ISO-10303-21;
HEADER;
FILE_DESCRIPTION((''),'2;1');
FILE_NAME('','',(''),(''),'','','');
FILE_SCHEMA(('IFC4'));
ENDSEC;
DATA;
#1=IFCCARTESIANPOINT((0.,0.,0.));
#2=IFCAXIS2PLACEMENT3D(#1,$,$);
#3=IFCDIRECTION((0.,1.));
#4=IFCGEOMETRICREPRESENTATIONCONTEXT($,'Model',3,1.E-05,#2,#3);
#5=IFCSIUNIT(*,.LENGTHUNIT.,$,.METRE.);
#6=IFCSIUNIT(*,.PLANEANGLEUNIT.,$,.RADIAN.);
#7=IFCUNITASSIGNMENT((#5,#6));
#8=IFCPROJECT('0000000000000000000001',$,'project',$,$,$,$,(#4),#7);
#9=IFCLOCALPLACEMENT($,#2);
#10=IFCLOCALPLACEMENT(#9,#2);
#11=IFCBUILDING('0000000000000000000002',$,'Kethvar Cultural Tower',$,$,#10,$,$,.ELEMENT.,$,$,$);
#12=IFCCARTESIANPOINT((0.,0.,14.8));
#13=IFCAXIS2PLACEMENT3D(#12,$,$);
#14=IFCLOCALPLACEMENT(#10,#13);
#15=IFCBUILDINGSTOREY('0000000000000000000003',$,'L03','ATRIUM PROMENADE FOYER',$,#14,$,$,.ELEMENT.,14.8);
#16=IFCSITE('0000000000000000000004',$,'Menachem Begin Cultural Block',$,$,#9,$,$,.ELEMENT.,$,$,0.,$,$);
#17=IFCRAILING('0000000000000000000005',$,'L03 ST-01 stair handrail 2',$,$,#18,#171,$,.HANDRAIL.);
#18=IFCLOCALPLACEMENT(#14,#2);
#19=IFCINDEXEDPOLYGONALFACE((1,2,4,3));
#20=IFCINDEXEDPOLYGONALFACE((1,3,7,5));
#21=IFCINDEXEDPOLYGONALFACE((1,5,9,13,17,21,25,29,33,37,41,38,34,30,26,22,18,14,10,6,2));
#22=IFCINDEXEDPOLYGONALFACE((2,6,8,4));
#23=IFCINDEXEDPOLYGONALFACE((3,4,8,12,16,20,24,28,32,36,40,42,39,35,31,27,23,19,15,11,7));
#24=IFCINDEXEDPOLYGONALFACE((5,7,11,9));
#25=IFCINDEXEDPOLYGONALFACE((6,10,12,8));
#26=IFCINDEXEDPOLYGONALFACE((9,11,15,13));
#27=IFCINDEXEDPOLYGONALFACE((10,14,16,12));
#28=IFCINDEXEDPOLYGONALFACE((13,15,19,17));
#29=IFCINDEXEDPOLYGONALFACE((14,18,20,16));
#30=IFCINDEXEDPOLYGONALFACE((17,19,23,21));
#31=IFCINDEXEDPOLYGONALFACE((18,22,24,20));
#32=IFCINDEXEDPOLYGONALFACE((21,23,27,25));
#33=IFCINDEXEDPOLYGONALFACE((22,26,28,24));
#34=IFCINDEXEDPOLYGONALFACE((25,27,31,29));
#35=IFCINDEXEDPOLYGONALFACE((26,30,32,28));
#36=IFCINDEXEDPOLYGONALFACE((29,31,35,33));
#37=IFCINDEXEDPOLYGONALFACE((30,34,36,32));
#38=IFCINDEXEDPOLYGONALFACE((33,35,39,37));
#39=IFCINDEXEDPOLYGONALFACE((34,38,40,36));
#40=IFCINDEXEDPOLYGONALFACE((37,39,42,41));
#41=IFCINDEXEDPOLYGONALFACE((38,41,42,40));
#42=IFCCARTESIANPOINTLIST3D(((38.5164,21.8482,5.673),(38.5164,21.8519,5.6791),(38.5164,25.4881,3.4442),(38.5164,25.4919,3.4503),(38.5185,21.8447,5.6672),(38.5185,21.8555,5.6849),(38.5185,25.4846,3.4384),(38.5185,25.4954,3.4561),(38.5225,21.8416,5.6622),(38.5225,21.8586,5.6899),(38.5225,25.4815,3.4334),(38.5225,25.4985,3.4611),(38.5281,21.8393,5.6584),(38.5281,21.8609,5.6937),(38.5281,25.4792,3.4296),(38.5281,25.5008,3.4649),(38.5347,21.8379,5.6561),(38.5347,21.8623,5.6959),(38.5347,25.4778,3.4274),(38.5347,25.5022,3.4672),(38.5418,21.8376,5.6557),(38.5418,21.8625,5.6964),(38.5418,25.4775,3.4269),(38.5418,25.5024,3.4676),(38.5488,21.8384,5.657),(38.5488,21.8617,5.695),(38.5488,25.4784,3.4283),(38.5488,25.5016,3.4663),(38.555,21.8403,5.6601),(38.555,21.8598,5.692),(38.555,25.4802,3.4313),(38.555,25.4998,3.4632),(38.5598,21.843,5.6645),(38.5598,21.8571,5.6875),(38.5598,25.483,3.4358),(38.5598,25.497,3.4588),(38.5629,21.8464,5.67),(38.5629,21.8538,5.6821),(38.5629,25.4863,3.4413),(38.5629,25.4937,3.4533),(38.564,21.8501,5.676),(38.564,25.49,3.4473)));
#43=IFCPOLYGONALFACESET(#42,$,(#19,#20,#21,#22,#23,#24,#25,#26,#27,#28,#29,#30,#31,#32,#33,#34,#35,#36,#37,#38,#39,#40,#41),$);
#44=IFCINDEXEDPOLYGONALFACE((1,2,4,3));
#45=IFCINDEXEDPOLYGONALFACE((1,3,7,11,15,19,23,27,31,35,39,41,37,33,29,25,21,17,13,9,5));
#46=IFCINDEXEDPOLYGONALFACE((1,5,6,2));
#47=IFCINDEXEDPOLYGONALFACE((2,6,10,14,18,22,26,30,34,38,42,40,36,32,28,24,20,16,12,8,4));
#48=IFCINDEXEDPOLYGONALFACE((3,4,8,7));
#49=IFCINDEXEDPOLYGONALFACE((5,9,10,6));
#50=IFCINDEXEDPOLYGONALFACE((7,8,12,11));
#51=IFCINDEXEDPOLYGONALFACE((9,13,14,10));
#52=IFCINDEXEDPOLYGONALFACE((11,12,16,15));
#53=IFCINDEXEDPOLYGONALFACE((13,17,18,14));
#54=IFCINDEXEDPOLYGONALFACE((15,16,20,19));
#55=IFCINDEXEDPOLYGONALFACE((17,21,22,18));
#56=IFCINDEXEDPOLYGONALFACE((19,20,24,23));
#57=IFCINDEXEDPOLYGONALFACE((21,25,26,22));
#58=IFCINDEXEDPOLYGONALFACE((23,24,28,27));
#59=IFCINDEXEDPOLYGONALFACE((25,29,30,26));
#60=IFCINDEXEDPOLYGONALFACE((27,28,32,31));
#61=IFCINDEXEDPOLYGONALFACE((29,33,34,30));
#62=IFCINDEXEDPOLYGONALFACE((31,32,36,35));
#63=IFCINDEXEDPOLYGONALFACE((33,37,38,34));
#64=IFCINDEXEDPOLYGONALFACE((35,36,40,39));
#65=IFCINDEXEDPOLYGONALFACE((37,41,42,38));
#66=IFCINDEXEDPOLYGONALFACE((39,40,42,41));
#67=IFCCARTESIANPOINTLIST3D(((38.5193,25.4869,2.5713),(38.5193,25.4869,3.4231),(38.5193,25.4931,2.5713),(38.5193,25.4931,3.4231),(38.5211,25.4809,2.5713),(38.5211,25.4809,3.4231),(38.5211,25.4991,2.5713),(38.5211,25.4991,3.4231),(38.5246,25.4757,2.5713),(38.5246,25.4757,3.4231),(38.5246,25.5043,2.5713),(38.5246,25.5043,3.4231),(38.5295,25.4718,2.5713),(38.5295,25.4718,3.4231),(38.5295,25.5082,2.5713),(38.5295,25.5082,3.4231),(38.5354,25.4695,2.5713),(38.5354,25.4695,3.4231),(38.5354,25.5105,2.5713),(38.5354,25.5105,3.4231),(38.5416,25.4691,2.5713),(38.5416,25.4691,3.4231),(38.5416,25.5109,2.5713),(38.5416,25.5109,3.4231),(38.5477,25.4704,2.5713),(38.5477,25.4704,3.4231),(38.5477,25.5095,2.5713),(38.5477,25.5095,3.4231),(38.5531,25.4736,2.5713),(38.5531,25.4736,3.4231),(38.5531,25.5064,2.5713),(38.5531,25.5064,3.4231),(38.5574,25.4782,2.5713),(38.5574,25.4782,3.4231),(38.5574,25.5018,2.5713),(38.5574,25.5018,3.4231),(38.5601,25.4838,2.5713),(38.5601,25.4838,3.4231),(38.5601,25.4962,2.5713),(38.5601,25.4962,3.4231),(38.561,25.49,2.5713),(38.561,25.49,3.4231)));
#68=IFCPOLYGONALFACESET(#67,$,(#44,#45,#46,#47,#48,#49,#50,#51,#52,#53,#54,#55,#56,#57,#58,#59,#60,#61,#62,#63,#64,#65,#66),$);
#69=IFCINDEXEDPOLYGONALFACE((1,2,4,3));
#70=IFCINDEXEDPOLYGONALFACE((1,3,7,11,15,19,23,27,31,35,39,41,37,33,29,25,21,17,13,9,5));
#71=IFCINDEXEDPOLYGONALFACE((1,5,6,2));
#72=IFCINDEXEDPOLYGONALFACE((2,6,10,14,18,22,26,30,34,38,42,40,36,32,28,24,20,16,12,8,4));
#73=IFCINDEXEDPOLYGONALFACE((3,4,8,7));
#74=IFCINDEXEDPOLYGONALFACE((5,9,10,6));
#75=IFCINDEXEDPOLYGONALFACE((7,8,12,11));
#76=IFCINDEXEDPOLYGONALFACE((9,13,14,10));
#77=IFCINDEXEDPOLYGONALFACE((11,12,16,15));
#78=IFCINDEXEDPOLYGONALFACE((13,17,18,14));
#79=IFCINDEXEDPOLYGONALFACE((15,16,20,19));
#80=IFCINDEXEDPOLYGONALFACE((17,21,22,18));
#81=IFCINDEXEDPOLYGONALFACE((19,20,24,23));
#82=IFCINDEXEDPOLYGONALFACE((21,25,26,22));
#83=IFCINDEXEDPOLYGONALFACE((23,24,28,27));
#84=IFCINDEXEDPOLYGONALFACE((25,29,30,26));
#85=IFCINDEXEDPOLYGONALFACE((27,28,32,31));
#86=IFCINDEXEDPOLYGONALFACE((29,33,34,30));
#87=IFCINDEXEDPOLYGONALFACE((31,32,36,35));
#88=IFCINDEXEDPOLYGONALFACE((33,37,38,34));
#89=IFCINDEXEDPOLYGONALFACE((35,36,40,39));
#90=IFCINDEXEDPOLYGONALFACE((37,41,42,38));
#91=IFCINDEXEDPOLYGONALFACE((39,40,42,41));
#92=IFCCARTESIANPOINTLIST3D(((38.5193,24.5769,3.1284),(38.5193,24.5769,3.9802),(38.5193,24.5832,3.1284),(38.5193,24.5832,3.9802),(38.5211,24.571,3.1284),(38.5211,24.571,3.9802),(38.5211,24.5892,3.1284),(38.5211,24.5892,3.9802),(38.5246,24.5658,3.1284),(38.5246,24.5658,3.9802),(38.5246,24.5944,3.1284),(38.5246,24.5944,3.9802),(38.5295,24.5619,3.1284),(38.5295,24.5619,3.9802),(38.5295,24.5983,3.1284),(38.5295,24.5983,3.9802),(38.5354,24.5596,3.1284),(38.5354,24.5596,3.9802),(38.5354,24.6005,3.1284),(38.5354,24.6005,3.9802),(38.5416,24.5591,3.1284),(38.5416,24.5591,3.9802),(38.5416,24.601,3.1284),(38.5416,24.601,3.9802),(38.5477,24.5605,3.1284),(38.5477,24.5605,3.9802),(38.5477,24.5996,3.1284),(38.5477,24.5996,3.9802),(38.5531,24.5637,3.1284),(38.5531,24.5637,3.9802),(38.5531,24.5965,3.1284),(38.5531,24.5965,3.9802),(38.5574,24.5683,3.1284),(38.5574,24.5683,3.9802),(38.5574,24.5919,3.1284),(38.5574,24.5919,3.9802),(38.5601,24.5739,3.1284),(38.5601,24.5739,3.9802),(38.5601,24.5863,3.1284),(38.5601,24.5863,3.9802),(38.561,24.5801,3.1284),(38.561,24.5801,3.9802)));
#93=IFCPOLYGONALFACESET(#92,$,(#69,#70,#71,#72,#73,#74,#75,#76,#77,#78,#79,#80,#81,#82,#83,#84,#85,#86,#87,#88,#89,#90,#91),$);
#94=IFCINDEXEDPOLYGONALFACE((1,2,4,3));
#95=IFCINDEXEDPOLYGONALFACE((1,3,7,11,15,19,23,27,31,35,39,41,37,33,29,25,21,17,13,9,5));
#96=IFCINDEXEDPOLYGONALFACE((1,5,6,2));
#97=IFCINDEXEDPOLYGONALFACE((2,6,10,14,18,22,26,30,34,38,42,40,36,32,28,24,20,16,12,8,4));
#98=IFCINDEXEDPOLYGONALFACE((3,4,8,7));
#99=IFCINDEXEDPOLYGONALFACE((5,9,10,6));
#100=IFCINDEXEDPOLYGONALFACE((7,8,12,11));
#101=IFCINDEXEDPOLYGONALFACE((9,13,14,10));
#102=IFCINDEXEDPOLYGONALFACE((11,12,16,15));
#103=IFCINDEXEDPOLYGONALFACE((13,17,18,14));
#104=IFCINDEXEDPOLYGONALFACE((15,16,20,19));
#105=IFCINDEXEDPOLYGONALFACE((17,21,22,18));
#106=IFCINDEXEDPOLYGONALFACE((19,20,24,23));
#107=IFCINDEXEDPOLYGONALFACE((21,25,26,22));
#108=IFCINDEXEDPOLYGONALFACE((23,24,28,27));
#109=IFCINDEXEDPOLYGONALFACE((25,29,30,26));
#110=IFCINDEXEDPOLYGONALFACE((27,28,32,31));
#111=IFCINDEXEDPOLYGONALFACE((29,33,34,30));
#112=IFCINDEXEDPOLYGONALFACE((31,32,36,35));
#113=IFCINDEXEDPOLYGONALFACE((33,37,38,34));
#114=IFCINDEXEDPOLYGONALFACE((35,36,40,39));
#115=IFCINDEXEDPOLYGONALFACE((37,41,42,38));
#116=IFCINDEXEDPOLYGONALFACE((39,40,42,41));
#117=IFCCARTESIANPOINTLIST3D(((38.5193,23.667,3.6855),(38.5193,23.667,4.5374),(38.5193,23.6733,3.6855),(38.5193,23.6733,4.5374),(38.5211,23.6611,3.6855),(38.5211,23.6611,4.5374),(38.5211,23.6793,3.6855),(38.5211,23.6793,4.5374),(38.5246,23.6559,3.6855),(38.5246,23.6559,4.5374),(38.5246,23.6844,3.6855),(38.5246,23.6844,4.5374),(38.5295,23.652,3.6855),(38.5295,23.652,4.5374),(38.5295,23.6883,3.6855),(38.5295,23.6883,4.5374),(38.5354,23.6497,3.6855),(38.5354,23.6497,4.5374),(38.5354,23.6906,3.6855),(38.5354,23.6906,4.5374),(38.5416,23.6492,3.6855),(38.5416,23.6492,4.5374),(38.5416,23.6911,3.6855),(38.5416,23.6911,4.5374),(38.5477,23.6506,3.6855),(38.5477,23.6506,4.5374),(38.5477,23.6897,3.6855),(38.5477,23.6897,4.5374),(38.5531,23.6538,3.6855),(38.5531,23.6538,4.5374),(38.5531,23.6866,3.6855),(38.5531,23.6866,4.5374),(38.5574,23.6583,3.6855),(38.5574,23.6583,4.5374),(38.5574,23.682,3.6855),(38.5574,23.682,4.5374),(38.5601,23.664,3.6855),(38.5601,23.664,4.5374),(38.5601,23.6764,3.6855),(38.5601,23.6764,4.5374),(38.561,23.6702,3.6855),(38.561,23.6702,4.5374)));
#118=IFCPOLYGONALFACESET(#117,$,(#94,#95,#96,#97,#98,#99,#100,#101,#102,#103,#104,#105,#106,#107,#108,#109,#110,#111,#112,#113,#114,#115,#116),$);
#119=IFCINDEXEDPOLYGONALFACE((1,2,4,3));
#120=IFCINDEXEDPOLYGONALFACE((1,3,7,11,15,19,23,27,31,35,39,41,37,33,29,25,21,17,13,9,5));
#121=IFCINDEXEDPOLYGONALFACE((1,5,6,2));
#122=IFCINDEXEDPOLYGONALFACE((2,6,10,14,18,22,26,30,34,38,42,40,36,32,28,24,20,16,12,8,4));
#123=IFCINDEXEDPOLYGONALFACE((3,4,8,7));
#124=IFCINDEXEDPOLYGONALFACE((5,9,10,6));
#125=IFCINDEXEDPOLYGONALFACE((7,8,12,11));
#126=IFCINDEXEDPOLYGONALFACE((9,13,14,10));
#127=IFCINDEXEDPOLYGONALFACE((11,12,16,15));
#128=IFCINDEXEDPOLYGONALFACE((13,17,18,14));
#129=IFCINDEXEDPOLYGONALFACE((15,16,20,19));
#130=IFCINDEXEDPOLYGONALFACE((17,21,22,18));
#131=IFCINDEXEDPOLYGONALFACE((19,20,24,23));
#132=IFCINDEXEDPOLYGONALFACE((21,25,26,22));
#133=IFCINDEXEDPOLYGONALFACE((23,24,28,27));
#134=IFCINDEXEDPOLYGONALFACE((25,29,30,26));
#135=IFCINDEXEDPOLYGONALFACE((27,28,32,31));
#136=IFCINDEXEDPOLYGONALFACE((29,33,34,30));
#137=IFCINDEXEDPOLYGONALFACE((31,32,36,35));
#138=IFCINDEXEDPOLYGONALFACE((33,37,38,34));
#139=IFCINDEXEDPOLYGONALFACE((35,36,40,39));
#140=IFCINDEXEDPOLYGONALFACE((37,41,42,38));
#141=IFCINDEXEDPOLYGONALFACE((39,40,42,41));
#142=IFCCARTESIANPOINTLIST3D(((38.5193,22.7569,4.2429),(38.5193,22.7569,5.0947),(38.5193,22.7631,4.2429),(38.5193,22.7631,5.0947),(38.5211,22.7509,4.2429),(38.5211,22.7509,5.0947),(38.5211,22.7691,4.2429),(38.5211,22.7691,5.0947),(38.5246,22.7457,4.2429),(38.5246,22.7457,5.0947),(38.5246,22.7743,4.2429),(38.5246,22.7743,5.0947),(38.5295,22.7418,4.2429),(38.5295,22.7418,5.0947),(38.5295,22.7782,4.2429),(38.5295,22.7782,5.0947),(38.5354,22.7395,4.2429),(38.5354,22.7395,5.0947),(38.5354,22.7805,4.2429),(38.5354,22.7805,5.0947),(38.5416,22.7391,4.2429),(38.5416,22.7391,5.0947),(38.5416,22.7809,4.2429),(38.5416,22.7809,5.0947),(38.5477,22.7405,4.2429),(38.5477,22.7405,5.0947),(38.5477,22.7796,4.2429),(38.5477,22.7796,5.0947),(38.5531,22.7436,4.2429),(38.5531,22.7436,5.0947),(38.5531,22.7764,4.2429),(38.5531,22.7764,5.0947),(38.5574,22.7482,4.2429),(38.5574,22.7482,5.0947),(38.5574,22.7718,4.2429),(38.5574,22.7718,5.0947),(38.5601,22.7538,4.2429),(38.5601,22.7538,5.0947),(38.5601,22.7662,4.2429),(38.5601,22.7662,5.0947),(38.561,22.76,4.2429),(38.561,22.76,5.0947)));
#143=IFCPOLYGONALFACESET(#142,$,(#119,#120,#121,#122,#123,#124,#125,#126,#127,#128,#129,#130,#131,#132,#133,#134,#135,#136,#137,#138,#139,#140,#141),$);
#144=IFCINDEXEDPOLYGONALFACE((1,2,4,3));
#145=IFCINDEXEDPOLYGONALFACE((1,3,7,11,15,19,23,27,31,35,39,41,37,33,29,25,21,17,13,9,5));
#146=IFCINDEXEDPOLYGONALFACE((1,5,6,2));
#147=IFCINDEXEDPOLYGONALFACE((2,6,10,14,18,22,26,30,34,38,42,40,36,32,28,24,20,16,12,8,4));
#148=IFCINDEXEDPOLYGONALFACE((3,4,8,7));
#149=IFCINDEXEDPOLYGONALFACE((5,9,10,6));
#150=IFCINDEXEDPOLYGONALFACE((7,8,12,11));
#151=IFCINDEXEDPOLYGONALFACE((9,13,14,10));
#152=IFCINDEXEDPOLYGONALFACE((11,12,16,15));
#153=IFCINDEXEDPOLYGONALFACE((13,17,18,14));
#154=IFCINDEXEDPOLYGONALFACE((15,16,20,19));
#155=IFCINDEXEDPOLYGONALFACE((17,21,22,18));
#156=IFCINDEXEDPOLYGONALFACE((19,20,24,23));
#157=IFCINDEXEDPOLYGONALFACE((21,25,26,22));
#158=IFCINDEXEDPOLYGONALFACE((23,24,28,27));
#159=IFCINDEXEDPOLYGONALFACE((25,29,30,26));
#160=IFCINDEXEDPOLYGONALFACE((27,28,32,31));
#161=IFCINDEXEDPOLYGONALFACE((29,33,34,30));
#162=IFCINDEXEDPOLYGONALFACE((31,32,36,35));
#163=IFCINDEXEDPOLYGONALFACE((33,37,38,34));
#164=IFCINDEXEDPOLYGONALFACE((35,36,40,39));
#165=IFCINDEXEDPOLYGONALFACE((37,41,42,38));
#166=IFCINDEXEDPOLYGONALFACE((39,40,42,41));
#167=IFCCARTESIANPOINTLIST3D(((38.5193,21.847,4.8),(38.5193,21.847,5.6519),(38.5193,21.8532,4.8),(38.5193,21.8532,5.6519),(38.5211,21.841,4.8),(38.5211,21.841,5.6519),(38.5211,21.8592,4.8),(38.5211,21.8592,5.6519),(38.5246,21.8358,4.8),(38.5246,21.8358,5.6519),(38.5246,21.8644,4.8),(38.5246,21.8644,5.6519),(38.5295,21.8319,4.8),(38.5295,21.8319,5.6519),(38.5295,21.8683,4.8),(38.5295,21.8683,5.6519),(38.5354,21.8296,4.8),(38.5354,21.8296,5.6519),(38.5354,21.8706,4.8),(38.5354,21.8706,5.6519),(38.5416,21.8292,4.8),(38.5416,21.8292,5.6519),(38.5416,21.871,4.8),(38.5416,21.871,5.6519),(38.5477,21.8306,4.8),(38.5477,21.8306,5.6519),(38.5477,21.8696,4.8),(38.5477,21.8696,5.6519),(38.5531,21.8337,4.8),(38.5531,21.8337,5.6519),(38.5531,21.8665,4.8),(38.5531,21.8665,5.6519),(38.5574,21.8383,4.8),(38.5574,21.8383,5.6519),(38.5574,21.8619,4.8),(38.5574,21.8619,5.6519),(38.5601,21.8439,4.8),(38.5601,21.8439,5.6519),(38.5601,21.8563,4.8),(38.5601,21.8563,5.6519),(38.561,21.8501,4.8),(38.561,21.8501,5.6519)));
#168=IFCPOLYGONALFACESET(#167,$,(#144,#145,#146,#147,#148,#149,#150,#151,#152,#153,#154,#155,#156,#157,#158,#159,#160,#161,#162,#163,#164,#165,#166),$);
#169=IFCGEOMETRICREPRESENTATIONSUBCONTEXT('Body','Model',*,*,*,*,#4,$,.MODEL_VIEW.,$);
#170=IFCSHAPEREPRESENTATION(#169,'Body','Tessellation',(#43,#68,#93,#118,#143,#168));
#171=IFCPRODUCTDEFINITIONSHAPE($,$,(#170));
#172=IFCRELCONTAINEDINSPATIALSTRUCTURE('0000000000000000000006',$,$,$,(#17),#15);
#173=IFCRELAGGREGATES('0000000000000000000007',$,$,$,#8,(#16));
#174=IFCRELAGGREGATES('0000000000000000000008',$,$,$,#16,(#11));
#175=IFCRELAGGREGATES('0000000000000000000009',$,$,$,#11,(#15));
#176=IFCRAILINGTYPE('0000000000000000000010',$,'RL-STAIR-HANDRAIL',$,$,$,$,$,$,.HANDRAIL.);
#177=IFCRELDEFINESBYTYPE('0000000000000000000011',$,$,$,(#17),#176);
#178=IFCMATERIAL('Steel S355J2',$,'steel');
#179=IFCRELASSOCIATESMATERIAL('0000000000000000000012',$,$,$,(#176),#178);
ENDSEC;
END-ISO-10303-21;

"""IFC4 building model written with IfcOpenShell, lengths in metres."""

from ifc_helpers import new_model, si_unit, direction, frame, origin, origin_2d, place, context, subcontext, project, spatial, circle, extrude, material, type_object, element, save


model = new_model("IFC4")

# Units and contexts
model_context = context("Model", 3, precision=1e-05, world=origin(), true_north=direction((0.0, 1.0)))
body_context = subcontext(model_context, "Body", "Model", "MODEL_VIEW")
ifc_project = project(units=[si_unit("LENGTHUNIT", "METRE"), si_unit("PLANEANGLEUNIT", "RADIAN")], contexts=[model_context])

# Site, building, storey
site_placement = place(None, origin())
site = spatial("IfcSite", under=ifc_project, at=site_placement, Name="Menachem Begin Cultural Block", CompositionType="ELEMENT", RefElevation=0.0)
building_placement = place(site_placement, origin())
building = spatial("IfcBuilding", under=site, at=building_placement, Name="Kethvar Cultural Tower", CompositionType="ELEMENT")
storey_placement = place(building_placement, frame((0.0, 0.0, 14.8)))
storey = spatial("IfcBuildingStorey", under=building, at=storey_placement, Name="L03", Description="ATRIUM PROMENADE FOYER", CompositionType="ELEMENT", Elevation=14.8)

# Shared definitions
ifc_material_1 = material(Name="Steel S355J2", Category="steel")

# Railing
railing_type_1 = type_object("IfcRailingType", Name="RL-STAIR-HANDRAIL", PredefinedType="HANDRAIL", material=ifc_material_1)
railing_1_placement = place(storey_placement, frame((38.54, 25.49, 2.5713)))
element("IfcRailing", 1, at=railing_1_placement, inside=storey, type_object=railing_type_1, Name="L03 ST-01 stair handrail 2", PredefinedType="HANDRAIL", context=body_context, shape_type="SweptSolid", body=[
    extrude(circle(Radius=0.0239, at=origin_2d()), frame((0.0, 0.0, 0.876), z_axis=(0.0, -0.852825, 0.522197), x_axis=(1.0, 0.0, 0.0)), (0.0, 0.0, 1.0), 4.2681),
    extrude(circle(Radius=0.021, at=origin_2d()), origin(), (0.0, 0.0, 1.0), 0.8518),
    extrude(circle(Radius=0.021, at=origin_2d()), frame((0.0, -0.9099, 0.5571)), (0.0, 0.0, 1.0), 0.8518),
    extrude(circle(Radius=0.021, at=origin_2d()), frame((0.0, -1.8198, 1.1143)), (0.0, 0.0, 1.0), 0.8518),
    extrude(circle(Radius=0.021, at=origin_2d()), frame((0.0, -2.73, 1.6716)), (0.0, 0.0, 1.0), 0.8518),
    extrude(circle(Radius=0.021, at=origin_2d()), frame((0.0, -3.6399, 2.2288)), (0.0, 0.0, 1.0), 0.8518),
])

save(model, "model.ifc")
